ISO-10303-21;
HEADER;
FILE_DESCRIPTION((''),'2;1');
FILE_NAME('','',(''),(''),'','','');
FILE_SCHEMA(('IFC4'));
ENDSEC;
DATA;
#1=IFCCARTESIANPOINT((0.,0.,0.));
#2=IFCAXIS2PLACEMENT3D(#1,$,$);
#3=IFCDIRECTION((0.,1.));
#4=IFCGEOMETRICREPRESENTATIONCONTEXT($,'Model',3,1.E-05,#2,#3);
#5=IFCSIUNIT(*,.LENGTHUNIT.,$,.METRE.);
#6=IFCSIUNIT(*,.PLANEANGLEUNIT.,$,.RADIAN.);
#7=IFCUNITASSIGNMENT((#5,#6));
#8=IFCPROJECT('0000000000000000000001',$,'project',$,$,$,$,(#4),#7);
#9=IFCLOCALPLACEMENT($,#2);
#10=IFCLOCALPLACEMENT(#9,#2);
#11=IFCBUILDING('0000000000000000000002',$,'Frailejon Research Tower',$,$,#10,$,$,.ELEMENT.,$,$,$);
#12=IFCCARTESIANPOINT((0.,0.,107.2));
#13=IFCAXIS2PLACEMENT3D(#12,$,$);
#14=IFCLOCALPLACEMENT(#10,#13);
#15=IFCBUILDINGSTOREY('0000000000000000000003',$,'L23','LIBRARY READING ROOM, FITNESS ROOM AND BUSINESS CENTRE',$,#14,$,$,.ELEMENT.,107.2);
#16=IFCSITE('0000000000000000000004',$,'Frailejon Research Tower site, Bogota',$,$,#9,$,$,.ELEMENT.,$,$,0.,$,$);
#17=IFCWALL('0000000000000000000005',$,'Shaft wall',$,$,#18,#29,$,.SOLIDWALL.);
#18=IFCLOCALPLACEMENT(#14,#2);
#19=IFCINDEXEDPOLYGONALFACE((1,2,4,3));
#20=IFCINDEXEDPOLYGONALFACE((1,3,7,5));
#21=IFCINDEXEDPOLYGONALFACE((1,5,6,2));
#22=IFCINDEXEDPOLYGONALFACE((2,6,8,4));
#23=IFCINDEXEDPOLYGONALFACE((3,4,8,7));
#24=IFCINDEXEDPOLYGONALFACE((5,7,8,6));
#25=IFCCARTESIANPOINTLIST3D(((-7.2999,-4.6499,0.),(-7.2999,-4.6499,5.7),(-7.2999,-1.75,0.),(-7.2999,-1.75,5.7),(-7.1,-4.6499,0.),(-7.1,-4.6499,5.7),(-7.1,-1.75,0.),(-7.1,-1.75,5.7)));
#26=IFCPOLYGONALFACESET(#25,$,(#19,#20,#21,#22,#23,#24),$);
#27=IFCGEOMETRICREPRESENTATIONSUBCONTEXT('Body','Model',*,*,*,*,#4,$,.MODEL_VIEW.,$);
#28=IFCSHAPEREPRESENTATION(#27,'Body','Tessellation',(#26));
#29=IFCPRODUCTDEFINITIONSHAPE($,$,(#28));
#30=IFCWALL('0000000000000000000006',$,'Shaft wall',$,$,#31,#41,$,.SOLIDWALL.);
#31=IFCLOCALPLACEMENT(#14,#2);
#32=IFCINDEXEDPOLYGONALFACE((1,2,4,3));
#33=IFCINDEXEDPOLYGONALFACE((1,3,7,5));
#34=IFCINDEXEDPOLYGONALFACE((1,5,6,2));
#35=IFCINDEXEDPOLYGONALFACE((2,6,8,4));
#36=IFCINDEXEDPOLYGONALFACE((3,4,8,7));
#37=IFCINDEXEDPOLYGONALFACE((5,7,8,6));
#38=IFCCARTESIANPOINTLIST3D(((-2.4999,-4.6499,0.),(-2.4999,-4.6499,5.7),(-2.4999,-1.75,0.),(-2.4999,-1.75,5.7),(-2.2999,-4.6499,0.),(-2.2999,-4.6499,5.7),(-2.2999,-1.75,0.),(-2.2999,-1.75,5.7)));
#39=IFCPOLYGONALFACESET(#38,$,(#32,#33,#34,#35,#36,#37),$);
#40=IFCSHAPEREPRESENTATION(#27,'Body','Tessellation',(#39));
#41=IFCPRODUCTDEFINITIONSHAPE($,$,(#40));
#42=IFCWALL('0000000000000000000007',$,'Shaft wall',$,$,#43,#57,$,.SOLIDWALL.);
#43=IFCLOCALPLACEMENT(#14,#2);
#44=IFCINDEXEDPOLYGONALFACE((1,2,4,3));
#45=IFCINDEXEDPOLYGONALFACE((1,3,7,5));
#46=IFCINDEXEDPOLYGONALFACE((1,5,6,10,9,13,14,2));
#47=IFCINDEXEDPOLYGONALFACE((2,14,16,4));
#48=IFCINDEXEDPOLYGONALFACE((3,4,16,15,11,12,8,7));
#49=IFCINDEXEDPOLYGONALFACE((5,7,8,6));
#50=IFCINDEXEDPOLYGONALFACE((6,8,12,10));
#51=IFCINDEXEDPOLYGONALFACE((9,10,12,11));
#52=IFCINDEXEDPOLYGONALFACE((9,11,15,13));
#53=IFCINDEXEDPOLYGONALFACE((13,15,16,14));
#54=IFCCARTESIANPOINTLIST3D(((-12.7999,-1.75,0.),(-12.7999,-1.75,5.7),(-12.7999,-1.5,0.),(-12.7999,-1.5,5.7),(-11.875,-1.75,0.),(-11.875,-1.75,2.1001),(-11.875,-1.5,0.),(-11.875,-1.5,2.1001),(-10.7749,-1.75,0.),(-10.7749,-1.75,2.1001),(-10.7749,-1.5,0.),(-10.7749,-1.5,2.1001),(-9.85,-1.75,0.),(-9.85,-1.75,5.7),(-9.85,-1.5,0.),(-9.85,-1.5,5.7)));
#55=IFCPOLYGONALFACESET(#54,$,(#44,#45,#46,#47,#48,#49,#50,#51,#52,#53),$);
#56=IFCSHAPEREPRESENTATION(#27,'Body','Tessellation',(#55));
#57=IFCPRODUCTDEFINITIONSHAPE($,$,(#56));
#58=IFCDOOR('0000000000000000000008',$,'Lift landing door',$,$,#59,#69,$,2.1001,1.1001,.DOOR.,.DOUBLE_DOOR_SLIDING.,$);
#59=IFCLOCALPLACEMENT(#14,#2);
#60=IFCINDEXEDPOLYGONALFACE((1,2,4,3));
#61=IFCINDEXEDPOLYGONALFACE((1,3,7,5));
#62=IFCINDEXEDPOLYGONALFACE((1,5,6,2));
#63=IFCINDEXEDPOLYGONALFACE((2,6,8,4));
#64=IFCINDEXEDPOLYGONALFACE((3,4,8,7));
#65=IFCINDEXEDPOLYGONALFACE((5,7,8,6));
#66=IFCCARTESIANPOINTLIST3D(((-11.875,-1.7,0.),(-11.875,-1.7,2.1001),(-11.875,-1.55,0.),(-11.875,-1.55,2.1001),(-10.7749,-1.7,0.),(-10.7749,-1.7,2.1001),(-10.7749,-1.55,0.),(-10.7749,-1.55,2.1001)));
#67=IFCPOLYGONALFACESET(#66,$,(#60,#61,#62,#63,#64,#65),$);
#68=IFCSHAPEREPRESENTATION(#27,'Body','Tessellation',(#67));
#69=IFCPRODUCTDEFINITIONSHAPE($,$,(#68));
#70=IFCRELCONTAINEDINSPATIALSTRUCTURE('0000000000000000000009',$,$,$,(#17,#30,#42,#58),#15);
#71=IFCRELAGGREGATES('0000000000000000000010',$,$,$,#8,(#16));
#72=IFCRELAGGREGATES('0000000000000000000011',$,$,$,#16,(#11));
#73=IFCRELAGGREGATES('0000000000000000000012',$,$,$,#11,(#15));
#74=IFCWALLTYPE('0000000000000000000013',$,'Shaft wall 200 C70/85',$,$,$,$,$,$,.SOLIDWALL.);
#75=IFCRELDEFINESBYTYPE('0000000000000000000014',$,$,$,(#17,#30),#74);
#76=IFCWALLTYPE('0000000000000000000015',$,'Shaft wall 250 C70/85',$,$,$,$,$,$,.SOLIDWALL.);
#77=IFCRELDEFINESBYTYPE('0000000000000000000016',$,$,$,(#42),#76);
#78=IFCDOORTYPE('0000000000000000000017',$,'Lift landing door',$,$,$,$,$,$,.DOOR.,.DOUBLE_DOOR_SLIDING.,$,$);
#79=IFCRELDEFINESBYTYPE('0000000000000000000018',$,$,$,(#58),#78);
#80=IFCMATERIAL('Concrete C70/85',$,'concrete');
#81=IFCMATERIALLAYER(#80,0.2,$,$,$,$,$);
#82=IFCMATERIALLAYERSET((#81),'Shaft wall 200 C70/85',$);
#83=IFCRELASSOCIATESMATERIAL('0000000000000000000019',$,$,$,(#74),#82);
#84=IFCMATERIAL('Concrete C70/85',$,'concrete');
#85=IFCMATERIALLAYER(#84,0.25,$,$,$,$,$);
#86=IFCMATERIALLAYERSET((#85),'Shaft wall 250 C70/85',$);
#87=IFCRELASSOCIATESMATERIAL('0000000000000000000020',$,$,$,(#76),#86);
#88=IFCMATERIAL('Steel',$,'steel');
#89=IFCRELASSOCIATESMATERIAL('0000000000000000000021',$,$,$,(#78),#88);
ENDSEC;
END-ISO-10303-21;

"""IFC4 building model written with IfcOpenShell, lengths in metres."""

from ifc_helpers import new_model, si_unit, direction, frame, frame_2d, origin, place, context, subcontext, project, spatial, rectangle, extrude, material, layer, layer_set, type_object, element, fill, save


model = new_model("IFC4")

# Units and contexts
model_context = context("Model", 3, precision=1e-05, world=origin(), true_north=direction((0.0, 1.0)))
body_context = subcontext(model_context, "Body", "Model", "MODEL_VIEW")
ifc_project = project(units=[si_unit("LENGTHUNIT", "METRE"), si_unit("PLANEANGLEUNIT", "RADIAN")], contexts=[model_context])

# Site, building, storey
site_placement = place(None, origin())
site = spatial("IfcSite", under=ifc_project, at=site_placement, Name="Frailejon Research Tower site, Bogota", CompositionType="ELEMENT", RefElevation=0.0)
building_placement = place(site_placement, origin())
building = spatial("IfcBuilding", under=site, at=building_placement, Name="Frailejon Research Tower", CompositionType="ELEMENT")
storey_placement = place(building_placement, frame((0.0, 0.0, 107.2)))
storey = spatial("IfcBuildingStorey", under=building, at=storey_placement, Name="L23", Description="LIBRARY READING ROOM, FITNESS ROOM AND BUSINESS CENTRE", CompositionType="ELEMENT", Elevation=107.2)

# Walls
ifc_material_1 = material(Name="Concrete C70/85", Category="concrete")
ifc_layer_1 = layer(ifc_material_1, 0.2)
ifc_layer_set_1 = layer_set([ifc_layer_1], Name="Shaft wall 200 C70/85")
wall_type_1 = type_object("IfcWallType", Name="Shaft wall 200 C70/85", PredefinedType="SOLIDWALL", material=ifc_layer_set_1)
for number, where, z_axis, x_axis, name in (
    (1, (-7.2, -4.6499, 0.0), (0.0, 0.0, 1.0), (0.0, 1.0, 0.0), "Shaft wall"),
    (2, (-2.3999, -4.6499, 0.0), (0.0, 0.0, 1.0), (0.0, 1.0, 0.0), "Shaft wall"),
):
    element("IfcWall", number, at=place(storey_placement, frame(where, z_axis=z_axis, x_axis=x_axis)), inside=storey, type_object=wall_type_1, Name=name, PredefinedType="SOLIDWALL", context=body_context, shape_type="SweptSolid", body=[
        extrude(rectangle(XDim=2.8999, YDim=0.2, at=frame_2d((1.45, 0.0))), origin(), (0.0, 0.0, 1.0), 5.7),
    ])

# Wall, opening, door
ifc_material_2 = material(Name="Concrete C70/85", Category="concrete")
ifc_layer_2 = layer(ifc_material_2, 0.25)
ifc_layer_set_2 = layer_set([ifc_layer_2], Name="Shaft wall 250 C70/85")
wall_type_2 = type_object("IfcWallType", Name="Shaft wall 250 C70/85", PredefinedType="SOLIDWALL", material=ifc_layer_set_2)
wall_1_placement = place(storey_placement, frame((-12.8, -1.625, 0.0), z_axis=(0.0, 0.0, 1.0), x_axis=(1.0, 0.0, 0.0)))
wall_1 = element("IfcWall", 3, at=wall_1_placement, inside=storey, type_object=wall_type_2, Name="Shaft wall", PredefinedType="SOLIDWALL", context=body_context, shape_type="SweptSolid", body=[
    extrude(rectangle(XDim=2.95, YDim=0.25, at=frame_2d((1.4751, 0.0))), origin(), (0.0, 0.0, 1.0), 5.7),
])
opening_1_placement = place(wall_1_placement, frame((0.925, 0.0, 0.0)))
opening_1 = element("IfcOpeningElement", 4, at=opening_1_placement, cuts=wall_1, PredefinedType="OPENING", context=body_context, shape_type="SweptSolid", body=[
    extrude(rectangle(XDim=1.1001, YDim=2.1001, at=frame_2d((0.55, 1.05))), frame((0.0, 0.135, 0.0), z_axis=(0.0, -1.0, 0.0), x_axis=(1.0, 0.0, 0.0)), (0.0, 0.0, 1.0), 0.27),
])
ifc_material_3 = material(Name="Steel", Category="steel")
door_type = type_object("IfcDoorType", Name="Lift landing door", OperationType="DOUBLE_DOOR_SLIDING", PredefinedType="DOOR", material=ifc_material_3)
door_1_placement = place(opening_1_placement, origin())
door_1 = element("IfcDoor", 5, at=door_1_placement, inside=storey, type_object=door_type, Name="Lift landing door", OperationType="DOUBLE_DOOR_SLIDING", OverallHeight=2.1001, OverallWidth=1.1001, PredefinedType="DOOR", context=body_context, shape_type="SweptSolid", body=[
    extrude(rectangle(XDim=1.1001, YDim=2.1001, at=frame_2d((0.55, 1.05))), frame((0.0, 0.075, 0.0), z_axis=(0.0, -1.0, 0.0), x_axis=(1.0, 0.0, 0.0)), (0.0, 0.0, 1.0), 0.1499),
])
fill(opening_1, door_1)

save(model, "model.ifc")
